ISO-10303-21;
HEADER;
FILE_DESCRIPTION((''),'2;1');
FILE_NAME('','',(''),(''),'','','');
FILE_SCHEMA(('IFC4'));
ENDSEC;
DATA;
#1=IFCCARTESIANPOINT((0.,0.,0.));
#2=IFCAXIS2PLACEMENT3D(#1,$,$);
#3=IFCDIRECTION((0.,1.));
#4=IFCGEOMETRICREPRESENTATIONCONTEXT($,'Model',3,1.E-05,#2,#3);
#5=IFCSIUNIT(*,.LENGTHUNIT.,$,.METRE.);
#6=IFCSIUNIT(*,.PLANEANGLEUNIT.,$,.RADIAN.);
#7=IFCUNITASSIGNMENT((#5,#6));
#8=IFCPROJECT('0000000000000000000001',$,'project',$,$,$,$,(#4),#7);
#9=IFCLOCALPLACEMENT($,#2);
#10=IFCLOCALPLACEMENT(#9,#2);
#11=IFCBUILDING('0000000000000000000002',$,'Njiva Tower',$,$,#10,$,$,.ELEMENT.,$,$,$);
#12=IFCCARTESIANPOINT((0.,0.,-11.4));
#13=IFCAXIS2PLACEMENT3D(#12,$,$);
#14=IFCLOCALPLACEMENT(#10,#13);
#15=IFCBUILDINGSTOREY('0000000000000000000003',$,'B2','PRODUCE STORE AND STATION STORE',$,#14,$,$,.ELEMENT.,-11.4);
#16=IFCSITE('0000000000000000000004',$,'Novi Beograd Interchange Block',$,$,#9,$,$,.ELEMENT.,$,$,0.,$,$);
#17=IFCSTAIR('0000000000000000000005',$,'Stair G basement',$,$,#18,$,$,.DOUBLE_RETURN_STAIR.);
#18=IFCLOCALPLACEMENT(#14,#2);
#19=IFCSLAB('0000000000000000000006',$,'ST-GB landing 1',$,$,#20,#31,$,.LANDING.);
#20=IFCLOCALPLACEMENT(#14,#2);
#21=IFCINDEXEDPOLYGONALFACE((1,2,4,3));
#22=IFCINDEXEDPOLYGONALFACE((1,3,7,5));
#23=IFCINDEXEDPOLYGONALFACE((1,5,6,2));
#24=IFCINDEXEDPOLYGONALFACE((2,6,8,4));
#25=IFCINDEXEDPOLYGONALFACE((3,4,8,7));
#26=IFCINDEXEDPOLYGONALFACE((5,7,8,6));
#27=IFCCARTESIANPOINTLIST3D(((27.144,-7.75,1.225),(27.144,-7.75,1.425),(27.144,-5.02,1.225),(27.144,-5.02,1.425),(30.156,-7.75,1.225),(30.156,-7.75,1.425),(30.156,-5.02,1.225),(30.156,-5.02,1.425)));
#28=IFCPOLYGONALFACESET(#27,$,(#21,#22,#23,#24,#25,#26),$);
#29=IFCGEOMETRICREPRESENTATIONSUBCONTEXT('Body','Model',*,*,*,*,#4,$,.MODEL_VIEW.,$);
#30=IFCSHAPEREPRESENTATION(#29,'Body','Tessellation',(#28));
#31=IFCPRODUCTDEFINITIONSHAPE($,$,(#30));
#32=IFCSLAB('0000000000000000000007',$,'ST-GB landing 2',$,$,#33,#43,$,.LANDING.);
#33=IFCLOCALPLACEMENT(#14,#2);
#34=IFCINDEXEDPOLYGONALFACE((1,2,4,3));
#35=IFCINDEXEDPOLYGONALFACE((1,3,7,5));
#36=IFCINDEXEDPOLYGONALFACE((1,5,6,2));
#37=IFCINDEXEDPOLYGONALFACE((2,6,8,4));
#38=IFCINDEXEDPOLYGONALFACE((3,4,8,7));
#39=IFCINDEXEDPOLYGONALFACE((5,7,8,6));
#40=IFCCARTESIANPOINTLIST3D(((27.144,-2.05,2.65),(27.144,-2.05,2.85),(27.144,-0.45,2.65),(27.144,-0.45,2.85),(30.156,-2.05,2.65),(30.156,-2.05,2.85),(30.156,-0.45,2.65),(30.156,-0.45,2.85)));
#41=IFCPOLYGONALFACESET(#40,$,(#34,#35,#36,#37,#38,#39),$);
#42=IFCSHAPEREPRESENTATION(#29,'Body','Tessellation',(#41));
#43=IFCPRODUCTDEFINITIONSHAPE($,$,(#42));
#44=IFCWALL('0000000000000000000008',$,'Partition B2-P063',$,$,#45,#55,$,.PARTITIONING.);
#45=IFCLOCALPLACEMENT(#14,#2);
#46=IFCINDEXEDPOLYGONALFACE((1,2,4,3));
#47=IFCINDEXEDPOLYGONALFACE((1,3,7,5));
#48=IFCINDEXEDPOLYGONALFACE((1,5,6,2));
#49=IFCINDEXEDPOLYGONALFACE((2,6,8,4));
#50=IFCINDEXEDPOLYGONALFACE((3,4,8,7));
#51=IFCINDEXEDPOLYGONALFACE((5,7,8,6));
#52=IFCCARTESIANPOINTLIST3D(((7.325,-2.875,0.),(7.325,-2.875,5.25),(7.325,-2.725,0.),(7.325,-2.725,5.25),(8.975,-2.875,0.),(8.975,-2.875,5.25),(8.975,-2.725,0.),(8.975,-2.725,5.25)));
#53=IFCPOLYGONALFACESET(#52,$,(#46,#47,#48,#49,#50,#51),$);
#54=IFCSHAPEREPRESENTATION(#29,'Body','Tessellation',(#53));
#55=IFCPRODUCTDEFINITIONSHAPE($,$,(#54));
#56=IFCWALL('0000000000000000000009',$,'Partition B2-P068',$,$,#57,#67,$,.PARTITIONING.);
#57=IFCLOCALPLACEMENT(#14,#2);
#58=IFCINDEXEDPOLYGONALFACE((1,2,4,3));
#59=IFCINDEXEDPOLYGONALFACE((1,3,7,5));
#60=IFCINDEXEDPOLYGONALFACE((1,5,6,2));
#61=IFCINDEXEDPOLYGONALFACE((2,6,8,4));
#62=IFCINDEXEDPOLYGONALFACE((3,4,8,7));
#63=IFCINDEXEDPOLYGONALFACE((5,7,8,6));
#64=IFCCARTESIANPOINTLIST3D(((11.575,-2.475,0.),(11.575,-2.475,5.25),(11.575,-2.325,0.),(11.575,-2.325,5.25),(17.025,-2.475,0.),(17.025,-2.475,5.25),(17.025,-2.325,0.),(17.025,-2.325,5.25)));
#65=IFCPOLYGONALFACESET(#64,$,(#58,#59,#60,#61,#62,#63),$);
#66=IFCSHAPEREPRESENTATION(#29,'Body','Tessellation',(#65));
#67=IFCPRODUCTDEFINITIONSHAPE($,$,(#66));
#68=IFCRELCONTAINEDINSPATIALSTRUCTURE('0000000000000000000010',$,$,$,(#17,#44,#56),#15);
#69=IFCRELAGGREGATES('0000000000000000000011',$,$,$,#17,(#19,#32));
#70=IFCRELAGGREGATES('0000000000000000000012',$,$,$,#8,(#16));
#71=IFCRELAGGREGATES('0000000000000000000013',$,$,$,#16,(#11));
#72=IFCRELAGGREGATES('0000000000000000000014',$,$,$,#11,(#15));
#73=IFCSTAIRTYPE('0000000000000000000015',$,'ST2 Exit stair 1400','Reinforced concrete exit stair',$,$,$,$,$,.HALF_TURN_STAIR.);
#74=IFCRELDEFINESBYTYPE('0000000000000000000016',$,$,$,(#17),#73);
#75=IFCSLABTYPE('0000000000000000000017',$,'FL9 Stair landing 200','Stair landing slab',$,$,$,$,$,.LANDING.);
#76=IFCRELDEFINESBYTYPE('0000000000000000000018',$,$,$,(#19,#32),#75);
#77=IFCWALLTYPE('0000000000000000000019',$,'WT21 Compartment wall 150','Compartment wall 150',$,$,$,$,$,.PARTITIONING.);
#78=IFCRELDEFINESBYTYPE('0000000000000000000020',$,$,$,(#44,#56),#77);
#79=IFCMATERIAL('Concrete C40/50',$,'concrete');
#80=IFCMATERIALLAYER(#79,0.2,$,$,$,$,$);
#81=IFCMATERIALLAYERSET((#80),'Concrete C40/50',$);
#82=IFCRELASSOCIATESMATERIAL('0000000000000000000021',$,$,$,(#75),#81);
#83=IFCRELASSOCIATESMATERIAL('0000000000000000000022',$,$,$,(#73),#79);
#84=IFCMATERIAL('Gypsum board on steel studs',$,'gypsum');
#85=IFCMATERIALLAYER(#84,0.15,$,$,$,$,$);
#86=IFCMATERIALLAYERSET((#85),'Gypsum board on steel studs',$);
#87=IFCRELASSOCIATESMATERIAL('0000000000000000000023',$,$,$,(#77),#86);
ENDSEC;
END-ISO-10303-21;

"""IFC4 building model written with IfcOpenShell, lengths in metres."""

from ifc_helpers import new_model, si_unit, direction, frame, frame_2d, origin, place, context, subcontext, project, spatial, polyline, rectangle, outline, extrude, material, layer, layer_set, type_object, element, aggregate, save


model = new_model("IFC4")

# Units and contexts
model_context = context("Model", 3, precision=1e-05, world=origin(), true_north=direction((0.0, 1.0)))
body_context = subcontext(model_context, "Body", "Model", "MODEL_VIEW")
ifc_project = project(units=[si_unit("LENGTHUNIT", "METRE"), si_unit("PLANEANGLEUNIT", "RADIAN")], contexts=[model_context])

# Site, building, storey
site_placement = place(None, origin())
site = spatial("IfcSite", under=ifc_project, at=site_placement, Name="Novi Beograd Interchange Block", CompositionType="ELEMENT", RefElevation=0.0)
building_placement = place(site_placement, origin())
building = spatial("IfcBuilding", under=site, at=building_placement, Name="Njiva Tower", CompositionType="ELEMENT")
storey_placement = place(building_placement, frame((0.0, 0.0, -11.4)))
storey = spatial("IfcBuildingStorey", under=building, at=storey_placement, Name="B2", Description="PRODUCE STORE AND STATION STORE", CompositionType="ELEMENT", Elevation=-11.4)

# Stair, slabs
ifc_material_1 = material(Name="Concrete C40/50", Category="concrete")
ifc_layer_1 = layer(ifc_material_1, 0.2)
ifc_layer_set_1 = layer_set([ifc_layer_1], Name="Concrete C40/50")
slab_type = type_object("IfcSlabType", Name="FL9 Stair landing 200", Description="Stair landing slab", PredefinedType="LANDING", material=ifc_layer_set_1)
stair_type_1 = type_object("IfcStairType", Name="ST2 Exit stair 1400", Description="Reinforced concrete exit stair", PredefinedType="HALF_TURN_STAIR", material=ifc_material_1)
stair_1_placement = place(storey_placement, origin())
stair_1 = element("IfcStair", 1, at=stair_1_placement, inside=storey, type_object=stair_type_1, Name="Stair G basement", PredefinedType="DOUBLE_RETURN_STAIR")
slab_1_placement = place(storey_placement, frame((0.0, 0.0, 1.225)))
slab_1 = element("IfcSlab", 2, at=slab_1_placement, type_object=slab_type, Name="ST-GB landing 1", PredefinedType="LANDING", context=body_context, shape_type="SweptSolid", body=[
    extrude(outline(polyline([(27.144, -7.75), (30.156, -7.75), (30.156, -5.02), (27.144, -5.02), (27.144, -7.75)])), origin(), (0.0, 0.0, 1.0), 0.2),
])
slab_2_placement = place(storey_placement, frame((0.0, 0.0, 2.65)))
slab_2 = element("IfcSlab", 3, at=slab_2_placement, type_object=slab_type, Name="ST-GB landing 2", PredefinedType="LANDING", context=body_context, shape_type="SweptSolid", body=[
    extrude(outline(polyline([(27.144, -2.05), (30.156, -2.05), (30.156, -0.45), (27.144, -0.45), (27.144, -2.05)])), origin(), (0.0, 0.0, 1.0), 0.2),
])
aggregate(stair_1, [slab_1, slab_2])

# Walls
ifc_material_2 = material(Name="Gypsum board on steel studs", Category="gypsum")
ifc_layer_2 = layer(ifc_material_2, 0.15)
ifc_layer_set_2 = layer_set([ifc_layer_2], Name="Gypsum board on steel studs")
wall_type = type_object("IfcWallType", Name="WT21 Compartment wall 150", Description="Compartment wall 150", PredefinedType="PARTITIONING", material=ifc_layer_set_2)
wall_1_placement = place(storey_placement, frame((7.325, -2.8, 0.0), z_axis=(0.0, 0.0, 1.0), x_axis=(1.0, 0.0, 0.0)))
element("IfcWall", 4, at=wall_1_placement, inside=storey, type_object=wall_type, Name="Partition B2-P063", PredefinedType="PARTITIONING", context=body_context, shape_type="SweptSolid", body=[
    extrude(rectangle(XDim=1.65, YDim=0.15, at=frame_2d((0.825, 0.0))), origin(), (0.0, 0.0, 1.0), 5.25),
])
wall_2_placement = place(storey_placement, frame((11.575, -2.4, 0.0), z_axis=(0.0, 0.0, 1.0), x_axis=(1.0, 0.0, 0.0)))
element("IfcWall", 5, at=wall_2_placement, inside=storey, type_object=wall_type, Name="Partition B2-P068", PredefinedType="PARTITIONING", context=body_context, shape_type="SweptSolid", body=[
    extrude(rectangle(XDim=5.45, YDim=0.15, at=frame_2d((2.725, 0.0))), origin(), (0.0, 0.0, 1.0), 5.25),
])

save(model, "model.ifc")
